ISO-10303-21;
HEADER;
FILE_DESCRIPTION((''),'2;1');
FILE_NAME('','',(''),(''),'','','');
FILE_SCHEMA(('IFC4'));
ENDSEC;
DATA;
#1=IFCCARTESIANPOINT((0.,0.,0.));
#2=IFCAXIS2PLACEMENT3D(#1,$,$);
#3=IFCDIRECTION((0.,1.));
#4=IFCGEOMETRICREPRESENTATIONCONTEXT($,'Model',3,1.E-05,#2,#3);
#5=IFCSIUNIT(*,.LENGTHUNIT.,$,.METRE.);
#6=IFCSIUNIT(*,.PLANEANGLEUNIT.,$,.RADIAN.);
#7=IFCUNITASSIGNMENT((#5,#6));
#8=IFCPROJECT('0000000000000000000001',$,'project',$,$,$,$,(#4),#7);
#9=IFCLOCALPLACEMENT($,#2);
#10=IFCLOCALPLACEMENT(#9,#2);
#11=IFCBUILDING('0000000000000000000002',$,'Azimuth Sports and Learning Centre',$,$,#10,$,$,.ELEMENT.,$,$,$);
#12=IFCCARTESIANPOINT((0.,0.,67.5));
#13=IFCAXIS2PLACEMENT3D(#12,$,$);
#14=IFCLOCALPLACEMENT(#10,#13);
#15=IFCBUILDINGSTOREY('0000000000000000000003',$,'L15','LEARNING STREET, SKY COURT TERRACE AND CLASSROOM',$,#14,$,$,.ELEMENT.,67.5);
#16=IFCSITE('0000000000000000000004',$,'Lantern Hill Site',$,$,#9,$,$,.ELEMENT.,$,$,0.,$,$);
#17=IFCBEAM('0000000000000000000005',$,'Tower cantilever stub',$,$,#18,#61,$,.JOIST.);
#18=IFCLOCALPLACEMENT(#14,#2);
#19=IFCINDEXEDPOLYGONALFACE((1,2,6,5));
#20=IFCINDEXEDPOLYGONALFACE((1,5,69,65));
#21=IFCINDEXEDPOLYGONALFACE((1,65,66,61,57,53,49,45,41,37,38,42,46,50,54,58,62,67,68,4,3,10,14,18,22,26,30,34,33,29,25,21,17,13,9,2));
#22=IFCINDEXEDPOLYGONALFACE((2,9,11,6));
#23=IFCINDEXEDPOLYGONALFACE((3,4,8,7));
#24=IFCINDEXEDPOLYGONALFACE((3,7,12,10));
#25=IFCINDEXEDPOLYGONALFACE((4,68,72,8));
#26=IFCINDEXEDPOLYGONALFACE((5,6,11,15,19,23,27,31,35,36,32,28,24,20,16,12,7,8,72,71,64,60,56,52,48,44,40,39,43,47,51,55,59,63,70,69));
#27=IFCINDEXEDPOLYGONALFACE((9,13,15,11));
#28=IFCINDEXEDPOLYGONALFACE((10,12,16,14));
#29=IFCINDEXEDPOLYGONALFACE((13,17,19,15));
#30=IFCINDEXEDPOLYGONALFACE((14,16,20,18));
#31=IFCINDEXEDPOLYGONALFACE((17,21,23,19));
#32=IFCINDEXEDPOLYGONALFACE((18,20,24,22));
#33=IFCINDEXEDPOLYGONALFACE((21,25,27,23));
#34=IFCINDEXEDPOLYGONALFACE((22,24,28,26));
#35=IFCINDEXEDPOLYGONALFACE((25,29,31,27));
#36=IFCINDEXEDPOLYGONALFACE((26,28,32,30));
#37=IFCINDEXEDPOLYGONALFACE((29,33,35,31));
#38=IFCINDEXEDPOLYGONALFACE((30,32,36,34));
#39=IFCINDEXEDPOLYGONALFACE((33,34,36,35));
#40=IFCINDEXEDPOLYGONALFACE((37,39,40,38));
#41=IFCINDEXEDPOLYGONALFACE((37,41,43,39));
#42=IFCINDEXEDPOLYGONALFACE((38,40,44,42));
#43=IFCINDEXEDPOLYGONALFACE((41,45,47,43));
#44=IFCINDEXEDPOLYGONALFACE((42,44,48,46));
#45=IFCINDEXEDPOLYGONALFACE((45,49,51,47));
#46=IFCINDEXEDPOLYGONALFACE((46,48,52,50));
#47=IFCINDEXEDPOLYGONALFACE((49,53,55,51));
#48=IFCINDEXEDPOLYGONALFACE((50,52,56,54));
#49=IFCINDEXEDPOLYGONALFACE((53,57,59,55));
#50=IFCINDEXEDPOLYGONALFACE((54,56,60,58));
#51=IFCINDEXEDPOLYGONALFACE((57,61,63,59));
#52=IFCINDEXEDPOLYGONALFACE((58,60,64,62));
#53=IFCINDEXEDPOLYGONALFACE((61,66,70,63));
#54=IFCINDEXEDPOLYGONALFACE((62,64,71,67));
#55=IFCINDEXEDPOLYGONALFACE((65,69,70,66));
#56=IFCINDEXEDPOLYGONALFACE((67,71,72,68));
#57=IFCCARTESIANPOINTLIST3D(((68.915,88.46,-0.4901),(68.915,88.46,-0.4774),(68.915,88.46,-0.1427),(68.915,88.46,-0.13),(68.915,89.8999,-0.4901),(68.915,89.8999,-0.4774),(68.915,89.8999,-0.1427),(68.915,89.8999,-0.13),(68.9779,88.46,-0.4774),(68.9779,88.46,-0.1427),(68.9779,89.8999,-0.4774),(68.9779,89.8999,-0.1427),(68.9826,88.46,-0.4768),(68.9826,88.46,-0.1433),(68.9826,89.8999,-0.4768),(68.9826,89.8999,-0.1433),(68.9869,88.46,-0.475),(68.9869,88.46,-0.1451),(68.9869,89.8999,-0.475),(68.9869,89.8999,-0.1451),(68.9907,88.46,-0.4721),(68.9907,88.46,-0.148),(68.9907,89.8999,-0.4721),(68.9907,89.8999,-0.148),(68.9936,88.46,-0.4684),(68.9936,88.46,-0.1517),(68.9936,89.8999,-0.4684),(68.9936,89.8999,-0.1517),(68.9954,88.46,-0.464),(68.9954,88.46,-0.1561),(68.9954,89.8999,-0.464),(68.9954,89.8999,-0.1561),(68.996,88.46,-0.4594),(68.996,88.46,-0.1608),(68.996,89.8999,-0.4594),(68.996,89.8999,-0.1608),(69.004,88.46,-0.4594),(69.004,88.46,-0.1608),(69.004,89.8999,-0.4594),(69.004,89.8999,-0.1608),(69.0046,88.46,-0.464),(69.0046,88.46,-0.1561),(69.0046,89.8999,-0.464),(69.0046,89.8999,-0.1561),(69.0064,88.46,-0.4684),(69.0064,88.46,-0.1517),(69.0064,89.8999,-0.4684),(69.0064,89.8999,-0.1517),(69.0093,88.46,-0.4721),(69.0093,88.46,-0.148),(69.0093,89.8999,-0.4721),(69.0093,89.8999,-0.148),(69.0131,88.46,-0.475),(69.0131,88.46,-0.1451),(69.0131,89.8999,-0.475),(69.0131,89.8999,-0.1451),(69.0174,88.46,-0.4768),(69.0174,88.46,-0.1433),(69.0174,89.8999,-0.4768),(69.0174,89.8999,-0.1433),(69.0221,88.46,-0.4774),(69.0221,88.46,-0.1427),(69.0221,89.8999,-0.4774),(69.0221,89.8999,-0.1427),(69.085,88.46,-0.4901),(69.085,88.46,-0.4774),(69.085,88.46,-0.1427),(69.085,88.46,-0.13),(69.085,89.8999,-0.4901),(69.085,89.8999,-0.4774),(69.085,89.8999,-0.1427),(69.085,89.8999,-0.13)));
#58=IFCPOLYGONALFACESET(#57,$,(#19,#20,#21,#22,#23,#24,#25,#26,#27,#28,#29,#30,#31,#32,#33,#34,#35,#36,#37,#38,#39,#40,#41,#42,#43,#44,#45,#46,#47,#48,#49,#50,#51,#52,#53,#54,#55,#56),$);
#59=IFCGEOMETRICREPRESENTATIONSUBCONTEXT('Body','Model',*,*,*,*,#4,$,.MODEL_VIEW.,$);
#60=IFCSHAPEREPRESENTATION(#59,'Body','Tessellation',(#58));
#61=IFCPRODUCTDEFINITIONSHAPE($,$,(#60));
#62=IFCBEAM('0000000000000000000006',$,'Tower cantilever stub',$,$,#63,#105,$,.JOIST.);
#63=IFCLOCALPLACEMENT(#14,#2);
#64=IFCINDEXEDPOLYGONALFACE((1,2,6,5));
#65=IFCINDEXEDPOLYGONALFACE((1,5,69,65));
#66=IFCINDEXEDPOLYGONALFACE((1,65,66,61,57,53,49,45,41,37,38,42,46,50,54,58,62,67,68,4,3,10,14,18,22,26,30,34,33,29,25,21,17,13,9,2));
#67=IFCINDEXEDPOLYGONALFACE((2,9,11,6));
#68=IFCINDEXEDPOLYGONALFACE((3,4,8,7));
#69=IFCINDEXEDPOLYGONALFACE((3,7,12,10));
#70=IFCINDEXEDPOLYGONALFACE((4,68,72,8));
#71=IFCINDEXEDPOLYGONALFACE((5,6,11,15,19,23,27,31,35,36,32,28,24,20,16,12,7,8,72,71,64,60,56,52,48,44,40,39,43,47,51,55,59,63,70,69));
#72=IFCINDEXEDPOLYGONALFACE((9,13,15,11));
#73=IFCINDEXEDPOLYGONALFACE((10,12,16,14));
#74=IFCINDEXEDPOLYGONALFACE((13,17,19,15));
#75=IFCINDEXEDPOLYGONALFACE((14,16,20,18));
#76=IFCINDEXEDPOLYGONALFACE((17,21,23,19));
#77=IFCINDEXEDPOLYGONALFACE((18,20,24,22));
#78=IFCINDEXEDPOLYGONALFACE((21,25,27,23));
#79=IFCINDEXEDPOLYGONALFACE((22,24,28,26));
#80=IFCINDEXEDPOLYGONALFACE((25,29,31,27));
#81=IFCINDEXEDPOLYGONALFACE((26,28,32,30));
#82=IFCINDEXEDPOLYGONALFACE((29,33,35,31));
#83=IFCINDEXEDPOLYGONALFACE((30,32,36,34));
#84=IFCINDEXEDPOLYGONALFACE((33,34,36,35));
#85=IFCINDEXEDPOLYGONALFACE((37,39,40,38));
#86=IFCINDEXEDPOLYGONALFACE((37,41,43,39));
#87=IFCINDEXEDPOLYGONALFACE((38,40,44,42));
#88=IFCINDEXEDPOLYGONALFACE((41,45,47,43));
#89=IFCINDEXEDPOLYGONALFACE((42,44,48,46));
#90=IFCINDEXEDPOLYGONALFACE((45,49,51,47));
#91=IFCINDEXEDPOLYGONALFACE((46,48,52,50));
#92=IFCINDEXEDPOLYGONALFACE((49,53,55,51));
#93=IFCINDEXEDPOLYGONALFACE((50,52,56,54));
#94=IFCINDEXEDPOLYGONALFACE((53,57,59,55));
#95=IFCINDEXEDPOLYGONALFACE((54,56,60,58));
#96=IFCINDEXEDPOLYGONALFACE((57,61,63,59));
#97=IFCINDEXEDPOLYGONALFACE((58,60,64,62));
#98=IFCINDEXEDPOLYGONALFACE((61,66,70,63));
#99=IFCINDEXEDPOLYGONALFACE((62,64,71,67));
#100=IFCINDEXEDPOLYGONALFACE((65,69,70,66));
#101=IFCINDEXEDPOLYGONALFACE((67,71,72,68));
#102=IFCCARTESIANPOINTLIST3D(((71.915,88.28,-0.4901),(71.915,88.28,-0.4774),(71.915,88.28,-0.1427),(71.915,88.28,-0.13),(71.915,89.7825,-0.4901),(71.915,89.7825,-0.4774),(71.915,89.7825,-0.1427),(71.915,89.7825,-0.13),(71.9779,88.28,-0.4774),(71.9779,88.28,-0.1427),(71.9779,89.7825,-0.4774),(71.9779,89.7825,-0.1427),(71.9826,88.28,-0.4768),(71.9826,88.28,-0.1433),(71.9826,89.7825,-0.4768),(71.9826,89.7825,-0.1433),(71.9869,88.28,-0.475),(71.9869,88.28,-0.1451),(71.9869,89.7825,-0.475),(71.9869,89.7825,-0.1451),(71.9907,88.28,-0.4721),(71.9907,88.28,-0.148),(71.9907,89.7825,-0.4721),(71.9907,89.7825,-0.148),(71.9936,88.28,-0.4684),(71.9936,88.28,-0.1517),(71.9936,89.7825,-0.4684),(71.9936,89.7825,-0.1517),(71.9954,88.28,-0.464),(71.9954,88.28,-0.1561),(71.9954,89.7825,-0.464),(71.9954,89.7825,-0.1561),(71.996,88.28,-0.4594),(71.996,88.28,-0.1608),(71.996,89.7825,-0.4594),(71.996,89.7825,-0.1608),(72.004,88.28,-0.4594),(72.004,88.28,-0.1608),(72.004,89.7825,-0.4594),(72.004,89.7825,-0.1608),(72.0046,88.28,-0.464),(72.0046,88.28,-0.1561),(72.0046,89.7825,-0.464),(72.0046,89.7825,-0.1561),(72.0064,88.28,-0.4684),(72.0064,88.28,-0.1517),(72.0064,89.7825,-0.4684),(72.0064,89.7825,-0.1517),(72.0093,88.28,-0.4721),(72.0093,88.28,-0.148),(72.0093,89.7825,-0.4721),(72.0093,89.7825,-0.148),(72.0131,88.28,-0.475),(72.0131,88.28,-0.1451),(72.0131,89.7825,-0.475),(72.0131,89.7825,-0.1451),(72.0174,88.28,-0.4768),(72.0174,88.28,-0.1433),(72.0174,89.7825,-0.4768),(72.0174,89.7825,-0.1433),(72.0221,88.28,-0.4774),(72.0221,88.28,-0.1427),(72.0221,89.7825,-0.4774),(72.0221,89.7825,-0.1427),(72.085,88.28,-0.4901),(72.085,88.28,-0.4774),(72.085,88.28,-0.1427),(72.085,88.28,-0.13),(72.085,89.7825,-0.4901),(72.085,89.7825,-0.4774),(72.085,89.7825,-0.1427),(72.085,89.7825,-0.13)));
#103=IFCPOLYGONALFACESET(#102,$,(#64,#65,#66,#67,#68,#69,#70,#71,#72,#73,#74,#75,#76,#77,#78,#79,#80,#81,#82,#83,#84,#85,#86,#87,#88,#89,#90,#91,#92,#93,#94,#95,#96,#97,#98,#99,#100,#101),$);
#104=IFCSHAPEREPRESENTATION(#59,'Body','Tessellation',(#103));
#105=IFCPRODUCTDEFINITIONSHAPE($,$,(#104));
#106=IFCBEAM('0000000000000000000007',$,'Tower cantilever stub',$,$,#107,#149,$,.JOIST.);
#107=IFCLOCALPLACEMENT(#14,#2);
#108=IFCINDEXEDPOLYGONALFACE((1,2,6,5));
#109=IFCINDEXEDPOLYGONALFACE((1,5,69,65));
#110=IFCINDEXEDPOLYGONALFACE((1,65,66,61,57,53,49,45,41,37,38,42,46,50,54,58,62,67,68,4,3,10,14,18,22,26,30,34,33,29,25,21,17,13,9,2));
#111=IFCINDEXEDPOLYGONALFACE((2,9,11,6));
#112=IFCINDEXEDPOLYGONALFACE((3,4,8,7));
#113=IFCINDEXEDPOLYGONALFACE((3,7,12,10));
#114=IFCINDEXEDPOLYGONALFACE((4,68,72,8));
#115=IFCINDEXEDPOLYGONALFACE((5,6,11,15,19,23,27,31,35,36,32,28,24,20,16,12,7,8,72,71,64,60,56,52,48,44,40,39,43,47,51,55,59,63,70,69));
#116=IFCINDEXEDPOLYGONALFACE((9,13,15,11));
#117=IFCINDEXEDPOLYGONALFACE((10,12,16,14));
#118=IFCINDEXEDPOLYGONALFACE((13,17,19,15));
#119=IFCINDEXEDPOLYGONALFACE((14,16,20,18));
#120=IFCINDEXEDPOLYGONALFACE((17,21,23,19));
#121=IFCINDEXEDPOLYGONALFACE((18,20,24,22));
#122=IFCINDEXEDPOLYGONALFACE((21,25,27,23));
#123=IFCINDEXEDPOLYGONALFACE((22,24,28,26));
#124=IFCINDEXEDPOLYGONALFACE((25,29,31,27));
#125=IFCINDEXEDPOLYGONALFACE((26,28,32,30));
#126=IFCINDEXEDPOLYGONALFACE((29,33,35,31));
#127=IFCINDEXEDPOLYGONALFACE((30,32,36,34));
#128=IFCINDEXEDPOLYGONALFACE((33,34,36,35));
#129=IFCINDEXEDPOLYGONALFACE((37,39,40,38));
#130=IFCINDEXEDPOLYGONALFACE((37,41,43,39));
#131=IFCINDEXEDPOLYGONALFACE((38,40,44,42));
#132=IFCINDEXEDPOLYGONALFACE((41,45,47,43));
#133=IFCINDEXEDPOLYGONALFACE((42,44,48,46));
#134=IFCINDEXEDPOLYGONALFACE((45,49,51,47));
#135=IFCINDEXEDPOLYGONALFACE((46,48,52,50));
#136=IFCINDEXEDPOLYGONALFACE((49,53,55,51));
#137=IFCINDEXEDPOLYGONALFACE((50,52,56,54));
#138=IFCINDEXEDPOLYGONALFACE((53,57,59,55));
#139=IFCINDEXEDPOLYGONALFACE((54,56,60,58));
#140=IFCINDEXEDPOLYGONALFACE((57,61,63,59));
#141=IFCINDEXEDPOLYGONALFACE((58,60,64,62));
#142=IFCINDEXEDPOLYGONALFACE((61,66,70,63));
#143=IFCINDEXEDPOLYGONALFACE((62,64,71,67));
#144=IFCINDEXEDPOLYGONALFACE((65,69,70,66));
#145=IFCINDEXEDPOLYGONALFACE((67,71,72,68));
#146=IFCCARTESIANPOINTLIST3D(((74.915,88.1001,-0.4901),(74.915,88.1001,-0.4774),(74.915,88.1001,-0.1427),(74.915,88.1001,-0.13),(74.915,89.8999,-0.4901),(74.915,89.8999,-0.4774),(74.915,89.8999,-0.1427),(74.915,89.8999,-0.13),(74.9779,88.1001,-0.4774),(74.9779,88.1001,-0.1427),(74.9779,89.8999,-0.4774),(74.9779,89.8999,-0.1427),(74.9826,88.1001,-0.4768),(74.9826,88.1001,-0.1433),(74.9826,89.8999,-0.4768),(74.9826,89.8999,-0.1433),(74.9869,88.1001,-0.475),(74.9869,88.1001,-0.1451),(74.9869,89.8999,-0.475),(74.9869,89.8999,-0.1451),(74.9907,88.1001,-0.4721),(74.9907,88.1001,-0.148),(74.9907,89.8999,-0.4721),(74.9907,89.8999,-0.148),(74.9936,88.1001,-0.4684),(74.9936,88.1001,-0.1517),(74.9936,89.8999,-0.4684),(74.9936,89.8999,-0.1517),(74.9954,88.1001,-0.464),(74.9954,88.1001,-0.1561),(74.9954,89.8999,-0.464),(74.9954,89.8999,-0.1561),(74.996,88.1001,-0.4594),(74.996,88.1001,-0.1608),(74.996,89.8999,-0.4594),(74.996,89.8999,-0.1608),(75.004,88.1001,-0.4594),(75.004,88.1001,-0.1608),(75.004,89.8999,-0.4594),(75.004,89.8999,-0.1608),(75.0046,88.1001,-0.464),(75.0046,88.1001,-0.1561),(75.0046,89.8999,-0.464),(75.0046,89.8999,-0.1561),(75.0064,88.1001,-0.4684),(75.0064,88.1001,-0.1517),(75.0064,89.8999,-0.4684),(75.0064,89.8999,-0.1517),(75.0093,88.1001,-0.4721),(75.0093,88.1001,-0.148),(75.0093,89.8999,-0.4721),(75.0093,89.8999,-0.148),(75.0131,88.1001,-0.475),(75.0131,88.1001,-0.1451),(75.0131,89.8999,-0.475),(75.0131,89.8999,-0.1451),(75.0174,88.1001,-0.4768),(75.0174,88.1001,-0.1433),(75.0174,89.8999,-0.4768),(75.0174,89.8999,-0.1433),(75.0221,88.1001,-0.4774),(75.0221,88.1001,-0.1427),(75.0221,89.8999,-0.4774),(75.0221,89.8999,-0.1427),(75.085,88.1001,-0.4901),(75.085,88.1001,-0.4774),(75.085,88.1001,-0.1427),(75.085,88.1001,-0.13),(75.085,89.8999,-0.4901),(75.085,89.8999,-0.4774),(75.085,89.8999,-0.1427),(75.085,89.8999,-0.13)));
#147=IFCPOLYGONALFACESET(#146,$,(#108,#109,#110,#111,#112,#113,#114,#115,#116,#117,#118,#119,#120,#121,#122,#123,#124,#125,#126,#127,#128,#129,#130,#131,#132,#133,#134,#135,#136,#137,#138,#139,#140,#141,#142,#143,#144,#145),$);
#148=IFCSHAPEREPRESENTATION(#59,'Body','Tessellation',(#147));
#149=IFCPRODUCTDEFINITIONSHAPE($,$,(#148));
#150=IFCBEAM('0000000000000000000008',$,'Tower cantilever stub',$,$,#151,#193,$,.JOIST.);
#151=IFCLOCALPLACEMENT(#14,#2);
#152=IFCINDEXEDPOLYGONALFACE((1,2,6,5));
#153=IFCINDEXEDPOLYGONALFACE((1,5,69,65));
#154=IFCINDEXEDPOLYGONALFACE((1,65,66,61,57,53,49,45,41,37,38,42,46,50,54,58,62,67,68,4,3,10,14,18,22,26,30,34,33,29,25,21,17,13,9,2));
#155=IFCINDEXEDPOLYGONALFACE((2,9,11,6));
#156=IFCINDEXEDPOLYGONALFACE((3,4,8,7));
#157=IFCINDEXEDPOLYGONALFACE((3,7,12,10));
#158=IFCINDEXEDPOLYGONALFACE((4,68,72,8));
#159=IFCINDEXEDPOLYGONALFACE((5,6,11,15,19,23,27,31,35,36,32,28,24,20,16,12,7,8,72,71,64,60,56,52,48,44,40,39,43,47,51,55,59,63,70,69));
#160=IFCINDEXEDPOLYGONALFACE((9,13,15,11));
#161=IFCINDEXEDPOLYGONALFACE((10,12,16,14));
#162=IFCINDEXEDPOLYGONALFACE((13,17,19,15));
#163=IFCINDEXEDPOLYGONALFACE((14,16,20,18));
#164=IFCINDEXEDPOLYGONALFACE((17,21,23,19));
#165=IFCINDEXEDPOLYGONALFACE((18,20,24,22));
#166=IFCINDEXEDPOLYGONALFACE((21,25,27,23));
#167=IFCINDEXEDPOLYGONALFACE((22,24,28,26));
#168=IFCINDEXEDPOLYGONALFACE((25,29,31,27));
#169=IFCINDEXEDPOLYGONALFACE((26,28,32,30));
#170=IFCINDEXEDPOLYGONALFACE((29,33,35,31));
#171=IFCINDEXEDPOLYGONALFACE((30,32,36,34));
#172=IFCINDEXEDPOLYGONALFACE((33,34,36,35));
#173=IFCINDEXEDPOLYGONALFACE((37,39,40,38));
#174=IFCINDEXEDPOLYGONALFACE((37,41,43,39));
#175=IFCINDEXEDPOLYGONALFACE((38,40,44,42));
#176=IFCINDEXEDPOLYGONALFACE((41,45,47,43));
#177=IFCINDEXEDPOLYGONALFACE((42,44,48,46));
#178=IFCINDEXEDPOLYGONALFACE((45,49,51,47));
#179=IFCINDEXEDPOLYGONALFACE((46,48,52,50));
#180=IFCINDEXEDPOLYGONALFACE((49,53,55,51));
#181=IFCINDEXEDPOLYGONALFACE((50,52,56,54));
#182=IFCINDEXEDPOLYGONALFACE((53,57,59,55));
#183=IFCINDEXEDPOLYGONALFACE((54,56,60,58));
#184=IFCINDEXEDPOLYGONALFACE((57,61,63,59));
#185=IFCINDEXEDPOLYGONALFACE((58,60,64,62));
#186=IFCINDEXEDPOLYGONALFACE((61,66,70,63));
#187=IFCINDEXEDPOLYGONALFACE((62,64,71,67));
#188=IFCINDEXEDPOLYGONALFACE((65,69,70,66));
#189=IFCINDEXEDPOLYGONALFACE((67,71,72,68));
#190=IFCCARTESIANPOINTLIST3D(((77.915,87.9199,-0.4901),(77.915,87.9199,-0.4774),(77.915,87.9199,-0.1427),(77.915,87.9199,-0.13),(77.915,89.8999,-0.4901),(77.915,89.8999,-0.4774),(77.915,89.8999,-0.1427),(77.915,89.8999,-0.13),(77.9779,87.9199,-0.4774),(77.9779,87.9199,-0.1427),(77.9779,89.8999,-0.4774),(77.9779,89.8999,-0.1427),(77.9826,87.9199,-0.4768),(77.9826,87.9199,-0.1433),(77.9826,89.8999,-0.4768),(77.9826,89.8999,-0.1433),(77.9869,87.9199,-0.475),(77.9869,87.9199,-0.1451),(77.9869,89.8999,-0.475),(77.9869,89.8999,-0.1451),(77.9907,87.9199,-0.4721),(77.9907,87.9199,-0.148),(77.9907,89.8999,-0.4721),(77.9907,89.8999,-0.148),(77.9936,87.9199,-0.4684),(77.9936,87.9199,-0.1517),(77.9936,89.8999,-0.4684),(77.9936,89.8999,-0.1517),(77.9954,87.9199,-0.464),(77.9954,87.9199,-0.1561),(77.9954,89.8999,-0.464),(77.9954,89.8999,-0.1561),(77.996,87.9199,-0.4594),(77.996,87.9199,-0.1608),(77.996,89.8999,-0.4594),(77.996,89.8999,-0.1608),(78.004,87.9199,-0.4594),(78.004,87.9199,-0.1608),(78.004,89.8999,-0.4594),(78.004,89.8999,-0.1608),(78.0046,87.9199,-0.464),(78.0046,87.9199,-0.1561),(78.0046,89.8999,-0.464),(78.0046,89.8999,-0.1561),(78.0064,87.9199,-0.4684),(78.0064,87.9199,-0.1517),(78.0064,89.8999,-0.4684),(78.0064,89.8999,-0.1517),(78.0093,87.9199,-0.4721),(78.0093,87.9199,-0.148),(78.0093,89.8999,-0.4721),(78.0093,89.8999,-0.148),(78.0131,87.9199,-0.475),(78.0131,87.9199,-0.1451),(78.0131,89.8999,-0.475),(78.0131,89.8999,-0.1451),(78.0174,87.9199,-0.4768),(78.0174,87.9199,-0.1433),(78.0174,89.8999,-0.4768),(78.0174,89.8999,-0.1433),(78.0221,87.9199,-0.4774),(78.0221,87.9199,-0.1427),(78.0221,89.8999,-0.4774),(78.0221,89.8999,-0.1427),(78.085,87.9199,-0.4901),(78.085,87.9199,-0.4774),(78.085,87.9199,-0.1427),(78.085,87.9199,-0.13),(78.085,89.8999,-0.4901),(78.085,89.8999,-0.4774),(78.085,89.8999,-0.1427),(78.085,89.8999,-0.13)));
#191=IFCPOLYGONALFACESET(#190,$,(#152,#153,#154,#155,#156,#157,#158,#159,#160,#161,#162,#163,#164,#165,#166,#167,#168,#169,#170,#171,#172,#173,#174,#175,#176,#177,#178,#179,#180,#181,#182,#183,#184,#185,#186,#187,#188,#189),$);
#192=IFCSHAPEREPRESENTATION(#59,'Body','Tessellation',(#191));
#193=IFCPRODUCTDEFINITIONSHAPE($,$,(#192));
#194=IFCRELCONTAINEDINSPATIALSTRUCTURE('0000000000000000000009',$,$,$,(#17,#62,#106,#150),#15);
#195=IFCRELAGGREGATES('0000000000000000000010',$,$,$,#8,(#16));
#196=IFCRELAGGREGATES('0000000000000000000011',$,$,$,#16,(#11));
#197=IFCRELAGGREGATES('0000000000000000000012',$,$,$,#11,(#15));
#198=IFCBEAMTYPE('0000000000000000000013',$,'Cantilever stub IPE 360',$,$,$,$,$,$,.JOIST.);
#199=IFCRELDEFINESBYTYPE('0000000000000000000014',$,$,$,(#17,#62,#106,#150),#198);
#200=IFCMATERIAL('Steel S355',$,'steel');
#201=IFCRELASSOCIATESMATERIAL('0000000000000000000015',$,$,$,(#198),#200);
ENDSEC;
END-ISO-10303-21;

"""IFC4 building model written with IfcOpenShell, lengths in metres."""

from ifc_helpers import new_model, si_unit, direction, frame, origin, origin_2d, place, context, subcontext, project, spatial, i_section, extrude, material, material_profile, profile_set, type_object, element, save


model = new_model("IFC4")

# Units and contexts
model_context = context("Model", 3, precision=1e-05, world=origin(), true_north=direction((0.0, 1.0)))
body_context = subcontext(model_context, "Body", "Model", "MODEL_VIEW")
ifc_project = project(units=[si_unit("LENGTHUNIT", "METRE"), si_unit("PLANEANGLEUNIT", "RADIAN")], contexts=[model_context])

# Site, building, storey
site_placement = place(None, origin())
site = spatial("IfcSite", under=ifc_project, at=site_placement, Name="Lantern Hill Site", CompositionType="ELEMENT", RefElevation=0.0)
building_placement = place(site_placement, origin())
building = spatial("IfcBuilding", under=site, at=building_placement, Name="Azimuth Sports and Learning Centre", CompositionType="ELEMENT")
storey_placement = place(building_placement, frame((0.0, 0.0, 67.5)))
storey = spatial("IfcBuildingStorey", under=building, at=storey_placement, Name="L15", Description="LEARNING STREET, SKY COURT TERRACE AND CLASSROOM", CompositionType="ELEMENT", Elevation=67.5)

# Beams
ifc_material_1 = material(Name="Steel S355", Category="steel")
ifc_material_profile_1 = material_profile(ifc_material_1, i_section(OverallWidth=0.1699, OverallDepth=0.3601, WebThickness=0.0081, FlangeThickness=0.0127, FilletRadius=0.0181, at=origin_2d()), Name="IPE 360")
ifc_profile_set_1 = profile_set([ifc_material_profile_1], Name="Steel S355")
beam_type_1 = type_object("IfcBeamType", Name="Cantilever stub IPE 360", PredefinedType="JOIST", material=ifc_profile_set_1)
beam_1_placement = place(storey_placement, frame((69.0, 89.8999, -0.3101), z_axis=(0.0, -1.0, 0.0), x_axis=(1.0, 0.0, 0.0)))
element("IfcBeam", 1, at=beam_1_placement, inside=storey, type_object=beam_type_1, Name="Tower cantilever stub", PredefinedType="JOIST", context=body_context, shape_type="SweptSolid", body=[
    extrude(i_section(OverallWidth=0.1699, OverallDepth=0.3601, WebThickness=0.0081, FlangeThickness=0.0127, FilletRadius=0.0181, at=origin_2d()), origin(), (0.0, 0.0, 1.0), 1.4399),
])
beam_2_placement = place(storey_placement, frame((72.0, 89.7825, -0.3101), z_axis=(0.0, -1.0, 0.0), x_axis=(1.0, 0.0, 0.0)))
element("IfcBeam", 2, at=beam_2_placement, inside=storey, type_object=beam_type_1, Name="Tower cantilever stub", PredefinedType="JOIST", context=body_context, shape_type="SweptSolid", body=[
    extrude(i_section(OverallWidth=0.1699, OverallDepth=0.3601, WebThickness=0.0081, FlangeThickness=0.0127, FilletRadius=0.0181, at=origin_2d()), origin(), (0.0, 0.0, 1.0), 1.5024),
])
beam_3_placement = place(storey_placement, frame((75.0, 89.8999, -0.3101), z_axis=(0.0, -1.0, 0.0), x_axis=(1.0, 0.0, 0.0)))
element("IfcBeam", 3, at=beam_3_placement, inside=storey, type_object=beam_type_1, Name="Tower cantilever stub", PredefinedType="JOIST", context=body_context, shape_type="SweptSolid", body=[
    extrude(i_section(OverallWidth=0.1699, OverallDepth=0.3601, WebThickness=0.0081, FlangeThickness=0.0127, FilletRadius=0.0181, at=origin_2d()), origin(), (0.0, 0.0, 1.0), 1.7998),
])
beam_4_placement = place(storey_placement, frame((78.0, 89.8999, -0.3101), z_axis=(0.0, -1.0, 0.0), x_axis=(1.0, 0.0, 0.0)))
element("IfcBeam", 4, at=beam_4_placement, inside=storey, type_object=beam_type_1, Name="Tower cantilever stub", PredefinedType="JOIST", context=body_context, shape_type="SweptSolid", body=[
    extrude(i_section(OverallWidth=0.1699, OverallDepth=0.3601, WebThickness=0.0081, FlangeThickness=0.0127, FilletRadius=0.0181, at=origin_2d()), origin(), (0.0, 0.0, 1.0), 1.98),
])

save(model, "model.ifc")
